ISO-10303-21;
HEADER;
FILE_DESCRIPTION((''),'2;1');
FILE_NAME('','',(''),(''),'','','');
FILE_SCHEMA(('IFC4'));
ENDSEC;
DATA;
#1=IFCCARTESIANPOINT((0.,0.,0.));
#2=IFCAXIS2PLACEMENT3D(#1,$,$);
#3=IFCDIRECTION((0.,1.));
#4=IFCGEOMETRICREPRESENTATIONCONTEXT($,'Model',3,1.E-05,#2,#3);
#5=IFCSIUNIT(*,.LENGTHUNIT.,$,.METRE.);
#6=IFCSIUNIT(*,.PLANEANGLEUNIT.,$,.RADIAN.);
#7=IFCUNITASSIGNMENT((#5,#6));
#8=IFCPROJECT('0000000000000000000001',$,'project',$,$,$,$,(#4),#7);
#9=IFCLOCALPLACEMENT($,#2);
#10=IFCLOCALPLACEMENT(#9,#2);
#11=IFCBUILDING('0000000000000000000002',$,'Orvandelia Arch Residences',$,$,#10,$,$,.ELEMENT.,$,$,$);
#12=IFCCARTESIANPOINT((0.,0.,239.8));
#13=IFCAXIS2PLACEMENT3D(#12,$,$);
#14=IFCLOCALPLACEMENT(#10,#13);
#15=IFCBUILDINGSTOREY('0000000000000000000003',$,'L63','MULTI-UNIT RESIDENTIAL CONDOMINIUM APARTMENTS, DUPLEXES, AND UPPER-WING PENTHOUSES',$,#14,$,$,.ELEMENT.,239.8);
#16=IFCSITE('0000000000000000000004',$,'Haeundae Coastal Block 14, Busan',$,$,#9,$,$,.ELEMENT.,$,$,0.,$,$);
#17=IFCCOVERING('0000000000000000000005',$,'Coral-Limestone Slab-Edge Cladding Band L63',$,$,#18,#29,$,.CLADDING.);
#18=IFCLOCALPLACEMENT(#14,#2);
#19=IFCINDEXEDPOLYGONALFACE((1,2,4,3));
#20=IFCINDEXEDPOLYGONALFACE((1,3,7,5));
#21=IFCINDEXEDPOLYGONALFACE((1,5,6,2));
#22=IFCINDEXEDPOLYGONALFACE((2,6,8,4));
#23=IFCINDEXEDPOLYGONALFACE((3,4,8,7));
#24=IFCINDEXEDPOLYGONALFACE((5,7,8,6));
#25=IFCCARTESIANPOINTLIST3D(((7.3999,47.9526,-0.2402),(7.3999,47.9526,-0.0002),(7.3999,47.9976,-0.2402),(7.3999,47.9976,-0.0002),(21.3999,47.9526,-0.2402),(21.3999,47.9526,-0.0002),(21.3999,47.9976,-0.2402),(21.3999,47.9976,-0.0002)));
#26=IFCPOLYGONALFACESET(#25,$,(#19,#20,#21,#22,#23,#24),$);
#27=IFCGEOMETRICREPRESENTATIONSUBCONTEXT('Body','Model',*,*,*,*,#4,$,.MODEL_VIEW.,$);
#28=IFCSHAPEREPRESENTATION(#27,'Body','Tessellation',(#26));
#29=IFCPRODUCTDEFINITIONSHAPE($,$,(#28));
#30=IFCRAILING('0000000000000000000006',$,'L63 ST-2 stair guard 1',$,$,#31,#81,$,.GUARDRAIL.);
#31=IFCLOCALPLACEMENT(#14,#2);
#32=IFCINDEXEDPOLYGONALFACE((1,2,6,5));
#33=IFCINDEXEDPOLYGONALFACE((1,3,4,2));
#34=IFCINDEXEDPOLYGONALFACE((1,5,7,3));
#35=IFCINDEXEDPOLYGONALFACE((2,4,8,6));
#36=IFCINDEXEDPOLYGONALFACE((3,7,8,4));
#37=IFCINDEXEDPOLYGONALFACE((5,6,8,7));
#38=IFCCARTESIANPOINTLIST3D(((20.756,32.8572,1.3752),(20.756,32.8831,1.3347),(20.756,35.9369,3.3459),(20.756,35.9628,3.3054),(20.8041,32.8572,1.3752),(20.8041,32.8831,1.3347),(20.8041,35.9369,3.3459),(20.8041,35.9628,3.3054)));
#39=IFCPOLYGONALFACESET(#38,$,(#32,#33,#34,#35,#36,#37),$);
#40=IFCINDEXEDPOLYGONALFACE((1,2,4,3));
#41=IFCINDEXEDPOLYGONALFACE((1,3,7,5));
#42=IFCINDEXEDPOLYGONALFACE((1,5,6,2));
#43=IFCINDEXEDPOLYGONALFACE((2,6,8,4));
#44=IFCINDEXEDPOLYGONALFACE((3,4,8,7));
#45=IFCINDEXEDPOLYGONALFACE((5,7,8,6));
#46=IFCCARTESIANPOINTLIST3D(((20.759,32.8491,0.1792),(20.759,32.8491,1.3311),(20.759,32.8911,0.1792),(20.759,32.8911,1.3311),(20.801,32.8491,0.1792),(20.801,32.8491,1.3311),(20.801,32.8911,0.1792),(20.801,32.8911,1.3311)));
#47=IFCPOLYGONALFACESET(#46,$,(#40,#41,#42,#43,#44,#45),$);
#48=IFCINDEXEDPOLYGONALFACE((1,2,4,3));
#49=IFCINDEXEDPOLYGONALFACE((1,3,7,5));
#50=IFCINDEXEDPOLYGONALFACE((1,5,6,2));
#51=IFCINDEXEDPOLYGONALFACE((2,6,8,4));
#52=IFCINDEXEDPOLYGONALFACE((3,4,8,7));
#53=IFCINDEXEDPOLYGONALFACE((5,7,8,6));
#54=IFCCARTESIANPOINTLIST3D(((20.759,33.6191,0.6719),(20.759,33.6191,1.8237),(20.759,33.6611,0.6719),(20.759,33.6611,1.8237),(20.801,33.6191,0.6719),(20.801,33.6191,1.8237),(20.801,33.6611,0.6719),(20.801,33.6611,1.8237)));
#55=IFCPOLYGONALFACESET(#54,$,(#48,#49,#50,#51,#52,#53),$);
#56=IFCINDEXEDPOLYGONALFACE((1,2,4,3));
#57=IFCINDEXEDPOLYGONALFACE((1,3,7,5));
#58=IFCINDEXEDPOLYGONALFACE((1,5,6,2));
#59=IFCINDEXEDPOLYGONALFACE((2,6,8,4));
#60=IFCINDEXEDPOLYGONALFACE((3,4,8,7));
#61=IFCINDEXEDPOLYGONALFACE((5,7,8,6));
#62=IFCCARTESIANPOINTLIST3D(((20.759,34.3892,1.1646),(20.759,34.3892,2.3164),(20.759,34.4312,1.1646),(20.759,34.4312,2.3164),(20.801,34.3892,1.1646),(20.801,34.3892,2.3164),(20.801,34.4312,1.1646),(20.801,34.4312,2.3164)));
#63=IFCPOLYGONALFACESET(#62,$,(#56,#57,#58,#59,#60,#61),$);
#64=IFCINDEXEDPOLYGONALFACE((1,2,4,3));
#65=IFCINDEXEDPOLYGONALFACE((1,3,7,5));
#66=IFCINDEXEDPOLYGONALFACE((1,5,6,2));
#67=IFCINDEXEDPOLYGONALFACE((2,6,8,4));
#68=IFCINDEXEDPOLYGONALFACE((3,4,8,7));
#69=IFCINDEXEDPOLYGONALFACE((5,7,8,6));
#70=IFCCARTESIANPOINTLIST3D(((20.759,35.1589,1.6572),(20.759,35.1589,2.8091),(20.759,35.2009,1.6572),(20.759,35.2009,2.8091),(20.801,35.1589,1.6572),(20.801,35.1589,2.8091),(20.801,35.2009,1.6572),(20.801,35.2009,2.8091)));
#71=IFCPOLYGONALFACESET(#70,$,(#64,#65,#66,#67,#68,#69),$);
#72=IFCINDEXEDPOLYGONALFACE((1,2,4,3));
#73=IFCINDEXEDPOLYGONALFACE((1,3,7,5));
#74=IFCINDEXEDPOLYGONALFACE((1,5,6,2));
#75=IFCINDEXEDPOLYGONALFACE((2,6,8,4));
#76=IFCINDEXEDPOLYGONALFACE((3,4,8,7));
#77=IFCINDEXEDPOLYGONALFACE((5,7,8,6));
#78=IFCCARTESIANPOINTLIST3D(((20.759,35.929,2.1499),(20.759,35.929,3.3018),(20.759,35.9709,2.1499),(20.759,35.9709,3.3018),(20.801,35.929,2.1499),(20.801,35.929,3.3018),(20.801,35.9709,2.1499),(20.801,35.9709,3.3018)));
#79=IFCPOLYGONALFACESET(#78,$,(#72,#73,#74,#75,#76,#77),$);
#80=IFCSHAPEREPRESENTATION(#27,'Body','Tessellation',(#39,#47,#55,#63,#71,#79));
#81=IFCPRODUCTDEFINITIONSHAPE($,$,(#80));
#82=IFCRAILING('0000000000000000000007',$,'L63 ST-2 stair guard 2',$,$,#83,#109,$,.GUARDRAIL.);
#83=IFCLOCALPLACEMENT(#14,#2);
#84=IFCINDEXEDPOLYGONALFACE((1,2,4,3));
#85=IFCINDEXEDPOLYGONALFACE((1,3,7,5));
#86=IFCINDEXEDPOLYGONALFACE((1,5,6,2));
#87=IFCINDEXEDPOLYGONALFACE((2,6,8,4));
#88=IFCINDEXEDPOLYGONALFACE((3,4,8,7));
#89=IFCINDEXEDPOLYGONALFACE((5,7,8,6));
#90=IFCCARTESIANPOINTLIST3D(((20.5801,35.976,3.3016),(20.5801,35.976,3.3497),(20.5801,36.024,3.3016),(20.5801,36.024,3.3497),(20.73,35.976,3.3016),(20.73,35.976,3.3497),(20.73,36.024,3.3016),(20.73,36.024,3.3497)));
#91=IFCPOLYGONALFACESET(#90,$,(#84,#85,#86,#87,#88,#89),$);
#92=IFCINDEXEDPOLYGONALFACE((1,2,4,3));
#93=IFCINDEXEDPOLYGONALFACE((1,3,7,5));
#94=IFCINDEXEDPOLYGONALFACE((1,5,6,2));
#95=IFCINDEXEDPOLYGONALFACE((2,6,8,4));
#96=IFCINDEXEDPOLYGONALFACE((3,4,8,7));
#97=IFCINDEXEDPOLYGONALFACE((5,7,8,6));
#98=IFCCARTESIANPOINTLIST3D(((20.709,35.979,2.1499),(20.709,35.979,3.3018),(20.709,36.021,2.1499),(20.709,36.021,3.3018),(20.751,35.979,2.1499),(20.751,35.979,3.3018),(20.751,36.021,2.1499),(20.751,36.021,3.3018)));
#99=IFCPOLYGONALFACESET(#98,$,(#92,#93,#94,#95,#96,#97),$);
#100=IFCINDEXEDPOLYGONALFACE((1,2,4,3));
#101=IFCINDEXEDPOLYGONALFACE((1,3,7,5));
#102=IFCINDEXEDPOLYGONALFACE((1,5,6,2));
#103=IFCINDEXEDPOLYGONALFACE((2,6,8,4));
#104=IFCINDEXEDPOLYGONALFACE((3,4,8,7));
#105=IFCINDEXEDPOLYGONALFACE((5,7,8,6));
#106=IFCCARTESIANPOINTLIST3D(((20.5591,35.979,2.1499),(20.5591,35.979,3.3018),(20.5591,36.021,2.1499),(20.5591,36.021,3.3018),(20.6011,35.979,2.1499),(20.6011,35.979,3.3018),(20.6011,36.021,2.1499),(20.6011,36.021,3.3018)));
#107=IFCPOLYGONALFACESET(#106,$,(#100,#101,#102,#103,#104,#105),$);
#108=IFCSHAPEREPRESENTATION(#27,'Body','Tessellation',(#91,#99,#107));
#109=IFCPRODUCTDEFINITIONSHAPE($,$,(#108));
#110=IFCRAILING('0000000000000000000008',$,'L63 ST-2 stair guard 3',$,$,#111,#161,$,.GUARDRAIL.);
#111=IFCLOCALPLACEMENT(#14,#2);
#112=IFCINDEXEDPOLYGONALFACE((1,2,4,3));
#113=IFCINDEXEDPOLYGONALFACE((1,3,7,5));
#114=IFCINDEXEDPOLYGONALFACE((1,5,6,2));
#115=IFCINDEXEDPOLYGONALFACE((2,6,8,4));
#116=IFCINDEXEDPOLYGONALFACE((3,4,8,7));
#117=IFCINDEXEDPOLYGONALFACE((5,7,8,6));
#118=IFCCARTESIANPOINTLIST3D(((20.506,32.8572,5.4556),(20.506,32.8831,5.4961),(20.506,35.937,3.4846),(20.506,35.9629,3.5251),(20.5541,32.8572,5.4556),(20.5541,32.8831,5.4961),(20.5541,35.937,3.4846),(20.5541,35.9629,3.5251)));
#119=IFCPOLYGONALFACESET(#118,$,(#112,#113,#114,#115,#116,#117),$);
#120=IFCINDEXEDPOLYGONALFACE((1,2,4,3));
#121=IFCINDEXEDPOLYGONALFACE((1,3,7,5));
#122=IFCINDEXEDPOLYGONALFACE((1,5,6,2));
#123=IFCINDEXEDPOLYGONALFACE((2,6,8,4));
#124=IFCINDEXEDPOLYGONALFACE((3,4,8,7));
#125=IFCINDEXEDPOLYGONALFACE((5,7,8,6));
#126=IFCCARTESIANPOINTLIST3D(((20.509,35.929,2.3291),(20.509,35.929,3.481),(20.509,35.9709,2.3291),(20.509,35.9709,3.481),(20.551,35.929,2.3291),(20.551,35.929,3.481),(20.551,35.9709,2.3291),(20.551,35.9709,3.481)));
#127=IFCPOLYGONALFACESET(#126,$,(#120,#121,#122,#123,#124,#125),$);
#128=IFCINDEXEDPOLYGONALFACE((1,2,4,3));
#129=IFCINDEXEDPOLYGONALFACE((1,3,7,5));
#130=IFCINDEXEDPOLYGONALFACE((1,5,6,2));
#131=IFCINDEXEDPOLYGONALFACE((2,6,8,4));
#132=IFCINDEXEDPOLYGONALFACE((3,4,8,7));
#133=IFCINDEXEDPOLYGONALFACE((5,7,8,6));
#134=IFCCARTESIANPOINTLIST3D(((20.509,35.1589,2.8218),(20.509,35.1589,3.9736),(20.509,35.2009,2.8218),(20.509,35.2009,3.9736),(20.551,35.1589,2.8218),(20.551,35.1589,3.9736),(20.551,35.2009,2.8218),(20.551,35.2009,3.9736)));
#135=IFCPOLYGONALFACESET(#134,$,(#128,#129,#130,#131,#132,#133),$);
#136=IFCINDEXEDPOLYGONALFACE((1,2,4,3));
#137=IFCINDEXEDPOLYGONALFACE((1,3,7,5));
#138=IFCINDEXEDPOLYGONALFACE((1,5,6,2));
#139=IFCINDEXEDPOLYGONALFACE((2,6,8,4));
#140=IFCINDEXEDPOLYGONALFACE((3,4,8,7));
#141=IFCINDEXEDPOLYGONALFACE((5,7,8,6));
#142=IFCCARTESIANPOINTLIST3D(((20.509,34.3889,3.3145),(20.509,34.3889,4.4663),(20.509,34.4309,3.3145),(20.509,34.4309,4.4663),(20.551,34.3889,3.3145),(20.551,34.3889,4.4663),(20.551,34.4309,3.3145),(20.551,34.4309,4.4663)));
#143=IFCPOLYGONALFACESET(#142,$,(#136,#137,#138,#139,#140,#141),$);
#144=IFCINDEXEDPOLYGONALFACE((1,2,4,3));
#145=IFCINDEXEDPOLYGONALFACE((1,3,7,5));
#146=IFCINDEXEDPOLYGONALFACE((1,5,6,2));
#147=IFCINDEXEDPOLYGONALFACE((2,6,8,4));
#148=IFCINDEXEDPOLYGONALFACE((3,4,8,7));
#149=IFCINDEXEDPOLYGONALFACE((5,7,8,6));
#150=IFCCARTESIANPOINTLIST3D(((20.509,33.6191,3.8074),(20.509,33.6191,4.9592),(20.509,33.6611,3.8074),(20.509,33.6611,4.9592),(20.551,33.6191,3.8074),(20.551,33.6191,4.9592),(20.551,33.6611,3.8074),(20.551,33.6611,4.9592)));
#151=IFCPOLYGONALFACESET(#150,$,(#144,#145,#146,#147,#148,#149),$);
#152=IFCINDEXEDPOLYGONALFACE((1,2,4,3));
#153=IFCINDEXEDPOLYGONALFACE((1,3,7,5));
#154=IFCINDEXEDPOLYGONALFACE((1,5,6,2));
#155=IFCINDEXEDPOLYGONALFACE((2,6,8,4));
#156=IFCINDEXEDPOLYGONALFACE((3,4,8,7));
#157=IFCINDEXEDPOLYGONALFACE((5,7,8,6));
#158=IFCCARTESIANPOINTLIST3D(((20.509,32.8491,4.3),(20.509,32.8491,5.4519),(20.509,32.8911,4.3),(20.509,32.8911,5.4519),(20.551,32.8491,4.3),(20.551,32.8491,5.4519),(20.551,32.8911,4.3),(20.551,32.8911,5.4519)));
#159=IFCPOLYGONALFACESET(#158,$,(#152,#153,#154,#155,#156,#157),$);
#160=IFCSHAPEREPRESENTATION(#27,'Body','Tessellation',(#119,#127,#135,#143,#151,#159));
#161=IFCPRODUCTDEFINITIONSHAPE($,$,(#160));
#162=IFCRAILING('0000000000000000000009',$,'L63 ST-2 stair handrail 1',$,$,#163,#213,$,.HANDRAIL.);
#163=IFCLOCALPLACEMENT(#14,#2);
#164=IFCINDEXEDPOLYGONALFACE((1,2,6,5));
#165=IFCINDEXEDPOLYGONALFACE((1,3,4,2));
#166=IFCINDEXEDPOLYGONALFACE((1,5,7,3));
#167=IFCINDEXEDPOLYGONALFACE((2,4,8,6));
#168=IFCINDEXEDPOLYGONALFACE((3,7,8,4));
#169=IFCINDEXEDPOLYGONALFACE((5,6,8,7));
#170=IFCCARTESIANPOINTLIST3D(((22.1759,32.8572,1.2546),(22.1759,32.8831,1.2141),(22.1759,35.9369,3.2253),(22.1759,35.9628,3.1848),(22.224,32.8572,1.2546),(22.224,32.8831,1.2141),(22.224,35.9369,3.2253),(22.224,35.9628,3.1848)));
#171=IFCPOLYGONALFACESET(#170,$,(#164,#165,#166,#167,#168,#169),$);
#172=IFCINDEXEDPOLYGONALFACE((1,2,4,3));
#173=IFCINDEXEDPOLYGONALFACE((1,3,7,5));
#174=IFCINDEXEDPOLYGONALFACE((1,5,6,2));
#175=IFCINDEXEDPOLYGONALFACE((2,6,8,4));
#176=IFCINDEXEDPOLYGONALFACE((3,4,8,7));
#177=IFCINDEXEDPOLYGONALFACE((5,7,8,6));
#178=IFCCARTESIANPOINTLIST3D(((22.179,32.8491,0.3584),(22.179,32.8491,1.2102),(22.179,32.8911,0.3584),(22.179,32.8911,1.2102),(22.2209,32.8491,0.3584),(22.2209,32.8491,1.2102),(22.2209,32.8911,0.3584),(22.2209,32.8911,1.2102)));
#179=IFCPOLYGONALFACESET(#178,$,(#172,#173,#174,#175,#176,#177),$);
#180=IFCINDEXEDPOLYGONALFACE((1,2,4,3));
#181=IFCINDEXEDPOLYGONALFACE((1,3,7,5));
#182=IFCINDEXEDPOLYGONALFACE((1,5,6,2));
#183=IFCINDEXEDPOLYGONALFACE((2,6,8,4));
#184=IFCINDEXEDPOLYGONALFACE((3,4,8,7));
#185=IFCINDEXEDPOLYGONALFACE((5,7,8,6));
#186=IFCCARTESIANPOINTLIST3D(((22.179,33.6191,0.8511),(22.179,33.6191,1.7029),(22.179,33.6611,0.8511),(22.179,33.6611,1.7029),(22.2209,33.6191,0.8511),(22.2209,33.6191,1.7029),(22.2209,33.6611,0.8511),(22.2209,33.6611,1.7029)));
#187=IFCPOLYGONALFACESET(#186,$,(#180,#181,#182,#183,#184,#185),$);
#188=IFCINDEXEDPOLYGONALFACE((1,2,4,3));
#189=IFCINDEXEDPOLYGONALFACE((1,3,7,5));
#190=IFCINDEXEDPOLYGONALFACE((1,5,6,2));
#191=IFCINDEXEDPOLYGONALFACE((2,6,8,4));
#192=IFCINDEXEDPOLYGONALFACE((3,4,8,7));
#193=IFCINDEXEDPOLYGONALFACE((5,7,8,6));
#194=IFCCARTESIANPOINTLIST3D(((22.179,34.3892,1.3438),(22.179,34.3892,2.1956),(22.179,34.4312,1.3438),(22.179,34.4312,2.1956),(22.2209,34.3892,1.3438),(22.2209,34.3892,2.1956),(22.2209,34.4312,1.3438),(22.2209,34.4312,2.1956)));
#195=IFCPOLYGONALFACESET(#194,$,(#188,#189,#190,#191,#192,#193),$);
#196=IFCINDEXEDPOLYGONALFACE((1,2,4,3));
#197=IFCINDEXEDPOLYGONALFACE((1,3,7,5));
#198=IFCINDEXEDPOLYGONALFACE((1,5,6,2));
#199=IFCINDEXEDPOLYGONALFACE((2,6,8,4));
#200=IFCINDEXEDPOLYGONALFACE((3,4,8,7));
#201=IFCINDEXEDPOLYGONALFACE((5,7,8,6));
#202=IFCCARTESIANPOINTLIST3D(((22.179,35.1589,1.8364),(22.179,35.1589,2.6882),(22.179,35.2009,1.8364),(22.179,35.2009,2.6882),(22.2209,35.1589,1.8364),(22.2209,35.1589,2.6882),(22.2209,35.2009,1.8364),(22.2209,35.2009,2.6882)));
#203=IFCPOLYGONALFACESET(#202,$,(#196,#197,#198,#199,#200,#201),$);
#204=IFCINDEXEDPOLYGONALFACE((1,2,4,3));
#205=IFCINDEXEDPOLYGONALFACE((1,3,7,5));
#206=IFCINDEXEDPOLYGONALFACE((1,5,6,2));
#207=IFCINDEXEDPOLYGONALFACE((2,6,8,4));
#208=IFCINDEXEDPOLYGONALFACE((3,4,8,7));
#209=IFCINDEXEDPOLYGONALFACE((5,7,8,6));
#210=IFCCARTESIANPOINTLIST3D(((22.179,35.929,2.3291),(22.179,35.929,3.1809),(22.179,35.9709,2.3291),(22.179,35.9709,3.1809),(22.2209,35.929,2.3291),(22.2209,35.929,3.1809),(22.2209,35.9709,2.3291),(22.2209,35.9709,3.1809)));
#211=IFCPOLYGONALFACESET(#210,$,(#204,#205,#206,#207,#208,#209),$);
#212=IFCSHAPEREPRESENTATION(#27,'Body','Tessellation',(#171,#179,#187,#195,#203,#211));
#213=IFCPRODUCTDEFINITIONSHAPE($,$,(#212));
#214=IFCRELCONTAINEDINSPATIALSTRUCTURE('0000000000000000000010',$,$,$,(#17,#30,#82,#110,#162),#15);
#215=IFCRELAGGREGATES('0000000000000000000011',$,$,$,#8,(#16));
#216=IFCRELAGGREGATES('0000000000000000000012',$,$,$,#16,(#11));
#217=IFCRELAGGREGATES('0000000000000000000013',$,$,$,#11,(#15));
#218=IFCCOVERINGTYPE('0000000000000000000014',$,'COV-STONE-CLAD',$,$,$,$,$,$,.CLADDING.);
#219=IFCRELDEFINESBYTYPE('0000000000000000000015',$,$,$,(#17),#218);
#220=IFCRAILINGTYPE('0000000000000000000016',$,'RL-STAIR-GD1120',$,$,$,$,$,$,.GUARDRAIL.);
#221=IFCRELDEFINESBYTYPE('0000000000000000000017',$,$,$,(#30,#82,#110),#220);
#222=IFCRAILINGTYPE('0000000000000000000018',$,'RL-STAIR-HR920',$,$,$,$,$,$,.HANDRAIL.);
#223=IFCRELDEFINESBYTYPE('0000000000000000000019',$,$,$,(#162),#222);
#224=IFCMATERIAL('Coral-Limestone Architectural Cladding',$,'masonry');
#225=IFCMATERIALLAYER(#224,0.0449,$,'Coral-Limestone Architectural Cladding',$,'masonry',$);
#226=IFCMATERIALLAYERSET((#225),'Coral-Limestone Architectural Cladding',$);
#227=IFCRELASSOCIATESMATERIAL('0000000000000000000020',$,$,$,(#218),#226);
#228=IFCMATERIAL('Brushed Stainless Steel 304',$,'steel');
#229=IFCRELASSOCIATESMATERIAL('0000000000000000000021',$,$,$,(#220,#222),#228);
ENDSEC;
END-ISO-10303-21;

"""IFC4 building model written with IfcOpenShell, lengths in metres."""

from ifc_helpers import new_model, si_unit, direction, frame, origin, origin_2d, place, context, subcontext, project, spatial, rectangle, extrude, material, layer, layer_set, type_object, element, save


model = new_model("IFC4")

# Units and contexts
model_context = context("Model", 3, precision=1e-05, world=origin(), true_north=direction((0.0, 1.0)))
body_context = subcontext(model_context, "Body", "Model", "MODEL_VIEW")
ifc_project = project(units=[si_unit("LENGTHUNIT", "METRE"), si_unit("PLANEANGLEUNIT", "RADIAN")], contexts=[model_context])

# Site, building, storey
site_placement = place(None, origin())
site = spatial("IfcSite", under=ifc_project, at=site_placement, Name="Haeundae Coastal Block 14, Busan", CompositionType="ELEMENT", RefElevation=0.0)
building_placement = place(site_placement, origin())
building = spatial("IfcBuilding", under=site, at=building_placement, Name="Orvandelia Arch Residences", CompositionType="ELEMENT")
storey_placement = place(building_placement, frame((0.0, 0.0, 239.8)))
storey = spatial("IfcBuildingStorey", under=building, at=storey_placement, Name="L63", Description="MULTI-UNIT RESIDENTIAL CONDOMINIUM APARTMENTS, DUPLEXES, AND UPPER-WING PENTHOUSES", CompositionType="ELEMENT", Elevation=239.8)

# Covering
ifc_material_1 = material(Name="Coral-Limestone Architectural Cladding", Category="masonry")
ifc_layer_1 = layer(ifc_material_1, 0.0449, Name="Coral-Limestone Architectural Cladding", Category="masonry")
ifc_layer_set_1 = layer_set([ifc_layer_1], Name="Coral-Limestone Architectural Cladding")
covering_type = type_object("IfcCoveringType", Name="COV-STONE-CLAD", PredefinedType="CLADDING", material=ifc_layer_set_1)
covering_placement = place(storey_placement, frame((14.3999, 47.9751, -0.2402), z_axis=(0.0, 0.0, 1.0), x_axis=(1.0, 0.0, 0.0)))
element("IfcCovering", 1, at=covering_placement, inside=storey, type_object=covering_type, Name="Coral-Limestone Slab-Edge Cladding Band L63", PredefinedType="CLADDING", context=body_context, shape_type="SweptSolid", body=[
    extrude(rectangle(XDim=14.0, YDim=0.0449, at=origin_2d()), origin(), (0.0, 0.0, 1.0), 0.24),
])

# Railings
ifc_material_2 = material(Name="Brushed Stainless Steel 304", Category="steel")
railing_type_1 = type_object("IfcRailingType", Name="RL-STAIR-GD1120", PredefinedType="GUARDRAIL", material=ifc_material_2)
railing_1_placement = place(storey_placement, frame((20.78, 32.8701, 0.1792)))
element("IfcRailing", 2, at=railing_1_placement, inside=storey, type_object=railing_type_1, Name="L63 ST-2 stair guard 1", PredefinedType="GUARDRAIL", context=body_context, shape_type="SweptSolid", body=[
    extrude(rectangle(XDim=0.0481, YDim=0.0481, at=origin_2d()), frame((0.0, 0.0, 1.1758), z_axis=(0.0, 0.84232, 0.538978), x_axis=(-1.0, 0.0, 0.0)), (0.0, 0.0, 1.0), 3.6562),
    extrude(rectangle(XDim=0.042, YDim=0.042, at=origin_2d()), origin(), (0.0, 0.0, 1.0), 1.1519),
    extrude(rectangle(XDim=0.042, YDim=0.042, at=origin_2d()), frame((0.0, 0.77, 0.4927)), (0.0, 0.0, 1.0), 1.1519),
    extrude(rectangle(XDim=0.042, YDim=0.042, at=origin_2d()), frame((0.0, 1.54, 0.9854)), (0.0, 0.0, 1.0), 1.1519),
    extrude(rectangle(XDim=0.042, YDim=0.042, at=origin_2d()), frame((0.0, 2.3098, 1.478)), (0.0, 0.0, 1.0), 1.1519),
    extrude(rectangle(XDim=0.042, YDim=0.042, at=origin_2d()), frame((0.0, 3.0798, 1.9707)), (0.0, 0.0, 1.0), 1.1519),
])
railing_2_placement = place(storey_placement, frame((20.73, 36.0, 2.1499)))
element("IfcRailing", 3, at=railing_2_placement, inside=storey, type_object=railing_type_1, Name="L63 ST-2 stair guard 2", PredefinedType="GUARDRAIL", context=body_context, shape_type="SweptSolid", body=[
    extrude(rectangle(XDim=0.0481, YDim=0.0481, at=origin_2d()), frame((0.0, 0.0, 1.1758), z_axis=(-1.0, 0.0, 0.0), x_axis=(0.0, -1.0, 0.0)), (0.0, 0.0, 1.0), 0.1499),
    extrude(rectangle(XDim=0.042, YDim=0.042, at=origin_2d()), origin(), (0.0, 0.0, 1.0), 1.1519),
    extrude(rectangle(XDim=0.042, YDim=0.042, at=origin_2d()), frame((-0.1499, 0.0, 0.0)), (0.0, 0.0, 1.0), 1.1519),
])
railing_3_placement = place(storey_placement, frame((20.53, 35.95, 2.3291)))
element("IfcRailing", 4, at=railing_3_placement, inside=storey, type_object=railing_type_1, Name="L63 ST-2 stair guard 3", PredefinedType="GUARDRAIL", context=body_context, shape_type="SweptSolid", body=[
    extrude(rectangle(XDim=0.0481, YDim=0.0481, at=origin_2d()), frame((0.0, 0.0, 1.1758), z_axis=(0.0, -0.84229, 0.539025), x_axis=(1.0, 0.0, 0.0)), (0.0, 0.0, 1.0), 3.6565),
    extrude(rectangle(XDim=0.042, YDim=0.042, at=origin_2d()), origin(), (0.0, 0.0, 1.0), 1.1519),
    extrude(rectangle(XDim=0.042, YDim=0.042, at=origin_2d()), frame((0.0, -0.77, 0.4927)), (0.0, 0.0, 1.0), 1.1519),
    extrude(rectangle(XDim=0.042, YDim=0.042, at=origin_2d()), frame((0.0, -1.54, 0.9854)), (0.0, 0.0, 1.0), 1.1519),
    extrude(rectangle(XDim=0.042, YDim=0.042, at=origin_2d()), frame((0.0, -2.3098, 1.4783)), (0.0, 0.0, 1.0), 1.1519),
    extrude(rectangle(XDim=0.042, YDim=0.042, at=origin_2d()), frame((0.0, -3.0798, 1.9709)), (0.0, 0.0, 1.0), 1.1519),
])
railing_type_2 = type_object("IfcRailingType", Name="RL-STAIR-HR920", PredefinedType="HANDRAIL", material=ifc_material_2)
railing_4_placement = place(storey_placement, frame((22.2, 32.8701, 0.3584)))
element("IfcRailing", 5, at=railing_4_placement, inside=storey, type_object=railing_type_2, Name="L63 ST-2 stair handrail 1", PredefinedType="HANDRAIL", context=body_context, shape_type="SweptSolid", body=[
    extrude(rectangle(XDim=0.0481, YDim=0.0481, at=origin_2d()), frame((0.0, 0.0, 0.876), z_axis=(0.0, 0.84232, 0.538978), x_axis=(-1.0, 0.0, 0.0)), (0.0, 0.0, 1.0), 3.6562),
    extrude(rectangle(XDim=0.042, YDim=0.042, at=origin_2d()), origin(), (0.0, 0.0, 1.0), 0.8518),
    extrude(rectangle(XDim=0.042, YDim=0.042, at=origin_2d()), frame((0.0, 0.77, 0.4927)), (0.0, 0.0, 1.0), 0.8518),
    extrude(rectangle(XDim=0.042, YDim=0.042, at=origin_2d()), frame((0.0, 1.54, 0.9854)), (0.0, 0.0, 1.0), 0.8518),
    extrude(rectangle(XDim=0.042, YDim=0.042, at=origin_2d()), frame((0.0, 2.3098, 1.478)), (0.0, 0.0, 1.0), 0.8518),
    extrude(rectangle(XDim=0.042, YDim=0.042, at=origin_2d()), frame((0.0, 3.0798, 1.9707)), (0.0, 0.0, 1.0), 0.8518),
])

save(model, "model.ifc")
